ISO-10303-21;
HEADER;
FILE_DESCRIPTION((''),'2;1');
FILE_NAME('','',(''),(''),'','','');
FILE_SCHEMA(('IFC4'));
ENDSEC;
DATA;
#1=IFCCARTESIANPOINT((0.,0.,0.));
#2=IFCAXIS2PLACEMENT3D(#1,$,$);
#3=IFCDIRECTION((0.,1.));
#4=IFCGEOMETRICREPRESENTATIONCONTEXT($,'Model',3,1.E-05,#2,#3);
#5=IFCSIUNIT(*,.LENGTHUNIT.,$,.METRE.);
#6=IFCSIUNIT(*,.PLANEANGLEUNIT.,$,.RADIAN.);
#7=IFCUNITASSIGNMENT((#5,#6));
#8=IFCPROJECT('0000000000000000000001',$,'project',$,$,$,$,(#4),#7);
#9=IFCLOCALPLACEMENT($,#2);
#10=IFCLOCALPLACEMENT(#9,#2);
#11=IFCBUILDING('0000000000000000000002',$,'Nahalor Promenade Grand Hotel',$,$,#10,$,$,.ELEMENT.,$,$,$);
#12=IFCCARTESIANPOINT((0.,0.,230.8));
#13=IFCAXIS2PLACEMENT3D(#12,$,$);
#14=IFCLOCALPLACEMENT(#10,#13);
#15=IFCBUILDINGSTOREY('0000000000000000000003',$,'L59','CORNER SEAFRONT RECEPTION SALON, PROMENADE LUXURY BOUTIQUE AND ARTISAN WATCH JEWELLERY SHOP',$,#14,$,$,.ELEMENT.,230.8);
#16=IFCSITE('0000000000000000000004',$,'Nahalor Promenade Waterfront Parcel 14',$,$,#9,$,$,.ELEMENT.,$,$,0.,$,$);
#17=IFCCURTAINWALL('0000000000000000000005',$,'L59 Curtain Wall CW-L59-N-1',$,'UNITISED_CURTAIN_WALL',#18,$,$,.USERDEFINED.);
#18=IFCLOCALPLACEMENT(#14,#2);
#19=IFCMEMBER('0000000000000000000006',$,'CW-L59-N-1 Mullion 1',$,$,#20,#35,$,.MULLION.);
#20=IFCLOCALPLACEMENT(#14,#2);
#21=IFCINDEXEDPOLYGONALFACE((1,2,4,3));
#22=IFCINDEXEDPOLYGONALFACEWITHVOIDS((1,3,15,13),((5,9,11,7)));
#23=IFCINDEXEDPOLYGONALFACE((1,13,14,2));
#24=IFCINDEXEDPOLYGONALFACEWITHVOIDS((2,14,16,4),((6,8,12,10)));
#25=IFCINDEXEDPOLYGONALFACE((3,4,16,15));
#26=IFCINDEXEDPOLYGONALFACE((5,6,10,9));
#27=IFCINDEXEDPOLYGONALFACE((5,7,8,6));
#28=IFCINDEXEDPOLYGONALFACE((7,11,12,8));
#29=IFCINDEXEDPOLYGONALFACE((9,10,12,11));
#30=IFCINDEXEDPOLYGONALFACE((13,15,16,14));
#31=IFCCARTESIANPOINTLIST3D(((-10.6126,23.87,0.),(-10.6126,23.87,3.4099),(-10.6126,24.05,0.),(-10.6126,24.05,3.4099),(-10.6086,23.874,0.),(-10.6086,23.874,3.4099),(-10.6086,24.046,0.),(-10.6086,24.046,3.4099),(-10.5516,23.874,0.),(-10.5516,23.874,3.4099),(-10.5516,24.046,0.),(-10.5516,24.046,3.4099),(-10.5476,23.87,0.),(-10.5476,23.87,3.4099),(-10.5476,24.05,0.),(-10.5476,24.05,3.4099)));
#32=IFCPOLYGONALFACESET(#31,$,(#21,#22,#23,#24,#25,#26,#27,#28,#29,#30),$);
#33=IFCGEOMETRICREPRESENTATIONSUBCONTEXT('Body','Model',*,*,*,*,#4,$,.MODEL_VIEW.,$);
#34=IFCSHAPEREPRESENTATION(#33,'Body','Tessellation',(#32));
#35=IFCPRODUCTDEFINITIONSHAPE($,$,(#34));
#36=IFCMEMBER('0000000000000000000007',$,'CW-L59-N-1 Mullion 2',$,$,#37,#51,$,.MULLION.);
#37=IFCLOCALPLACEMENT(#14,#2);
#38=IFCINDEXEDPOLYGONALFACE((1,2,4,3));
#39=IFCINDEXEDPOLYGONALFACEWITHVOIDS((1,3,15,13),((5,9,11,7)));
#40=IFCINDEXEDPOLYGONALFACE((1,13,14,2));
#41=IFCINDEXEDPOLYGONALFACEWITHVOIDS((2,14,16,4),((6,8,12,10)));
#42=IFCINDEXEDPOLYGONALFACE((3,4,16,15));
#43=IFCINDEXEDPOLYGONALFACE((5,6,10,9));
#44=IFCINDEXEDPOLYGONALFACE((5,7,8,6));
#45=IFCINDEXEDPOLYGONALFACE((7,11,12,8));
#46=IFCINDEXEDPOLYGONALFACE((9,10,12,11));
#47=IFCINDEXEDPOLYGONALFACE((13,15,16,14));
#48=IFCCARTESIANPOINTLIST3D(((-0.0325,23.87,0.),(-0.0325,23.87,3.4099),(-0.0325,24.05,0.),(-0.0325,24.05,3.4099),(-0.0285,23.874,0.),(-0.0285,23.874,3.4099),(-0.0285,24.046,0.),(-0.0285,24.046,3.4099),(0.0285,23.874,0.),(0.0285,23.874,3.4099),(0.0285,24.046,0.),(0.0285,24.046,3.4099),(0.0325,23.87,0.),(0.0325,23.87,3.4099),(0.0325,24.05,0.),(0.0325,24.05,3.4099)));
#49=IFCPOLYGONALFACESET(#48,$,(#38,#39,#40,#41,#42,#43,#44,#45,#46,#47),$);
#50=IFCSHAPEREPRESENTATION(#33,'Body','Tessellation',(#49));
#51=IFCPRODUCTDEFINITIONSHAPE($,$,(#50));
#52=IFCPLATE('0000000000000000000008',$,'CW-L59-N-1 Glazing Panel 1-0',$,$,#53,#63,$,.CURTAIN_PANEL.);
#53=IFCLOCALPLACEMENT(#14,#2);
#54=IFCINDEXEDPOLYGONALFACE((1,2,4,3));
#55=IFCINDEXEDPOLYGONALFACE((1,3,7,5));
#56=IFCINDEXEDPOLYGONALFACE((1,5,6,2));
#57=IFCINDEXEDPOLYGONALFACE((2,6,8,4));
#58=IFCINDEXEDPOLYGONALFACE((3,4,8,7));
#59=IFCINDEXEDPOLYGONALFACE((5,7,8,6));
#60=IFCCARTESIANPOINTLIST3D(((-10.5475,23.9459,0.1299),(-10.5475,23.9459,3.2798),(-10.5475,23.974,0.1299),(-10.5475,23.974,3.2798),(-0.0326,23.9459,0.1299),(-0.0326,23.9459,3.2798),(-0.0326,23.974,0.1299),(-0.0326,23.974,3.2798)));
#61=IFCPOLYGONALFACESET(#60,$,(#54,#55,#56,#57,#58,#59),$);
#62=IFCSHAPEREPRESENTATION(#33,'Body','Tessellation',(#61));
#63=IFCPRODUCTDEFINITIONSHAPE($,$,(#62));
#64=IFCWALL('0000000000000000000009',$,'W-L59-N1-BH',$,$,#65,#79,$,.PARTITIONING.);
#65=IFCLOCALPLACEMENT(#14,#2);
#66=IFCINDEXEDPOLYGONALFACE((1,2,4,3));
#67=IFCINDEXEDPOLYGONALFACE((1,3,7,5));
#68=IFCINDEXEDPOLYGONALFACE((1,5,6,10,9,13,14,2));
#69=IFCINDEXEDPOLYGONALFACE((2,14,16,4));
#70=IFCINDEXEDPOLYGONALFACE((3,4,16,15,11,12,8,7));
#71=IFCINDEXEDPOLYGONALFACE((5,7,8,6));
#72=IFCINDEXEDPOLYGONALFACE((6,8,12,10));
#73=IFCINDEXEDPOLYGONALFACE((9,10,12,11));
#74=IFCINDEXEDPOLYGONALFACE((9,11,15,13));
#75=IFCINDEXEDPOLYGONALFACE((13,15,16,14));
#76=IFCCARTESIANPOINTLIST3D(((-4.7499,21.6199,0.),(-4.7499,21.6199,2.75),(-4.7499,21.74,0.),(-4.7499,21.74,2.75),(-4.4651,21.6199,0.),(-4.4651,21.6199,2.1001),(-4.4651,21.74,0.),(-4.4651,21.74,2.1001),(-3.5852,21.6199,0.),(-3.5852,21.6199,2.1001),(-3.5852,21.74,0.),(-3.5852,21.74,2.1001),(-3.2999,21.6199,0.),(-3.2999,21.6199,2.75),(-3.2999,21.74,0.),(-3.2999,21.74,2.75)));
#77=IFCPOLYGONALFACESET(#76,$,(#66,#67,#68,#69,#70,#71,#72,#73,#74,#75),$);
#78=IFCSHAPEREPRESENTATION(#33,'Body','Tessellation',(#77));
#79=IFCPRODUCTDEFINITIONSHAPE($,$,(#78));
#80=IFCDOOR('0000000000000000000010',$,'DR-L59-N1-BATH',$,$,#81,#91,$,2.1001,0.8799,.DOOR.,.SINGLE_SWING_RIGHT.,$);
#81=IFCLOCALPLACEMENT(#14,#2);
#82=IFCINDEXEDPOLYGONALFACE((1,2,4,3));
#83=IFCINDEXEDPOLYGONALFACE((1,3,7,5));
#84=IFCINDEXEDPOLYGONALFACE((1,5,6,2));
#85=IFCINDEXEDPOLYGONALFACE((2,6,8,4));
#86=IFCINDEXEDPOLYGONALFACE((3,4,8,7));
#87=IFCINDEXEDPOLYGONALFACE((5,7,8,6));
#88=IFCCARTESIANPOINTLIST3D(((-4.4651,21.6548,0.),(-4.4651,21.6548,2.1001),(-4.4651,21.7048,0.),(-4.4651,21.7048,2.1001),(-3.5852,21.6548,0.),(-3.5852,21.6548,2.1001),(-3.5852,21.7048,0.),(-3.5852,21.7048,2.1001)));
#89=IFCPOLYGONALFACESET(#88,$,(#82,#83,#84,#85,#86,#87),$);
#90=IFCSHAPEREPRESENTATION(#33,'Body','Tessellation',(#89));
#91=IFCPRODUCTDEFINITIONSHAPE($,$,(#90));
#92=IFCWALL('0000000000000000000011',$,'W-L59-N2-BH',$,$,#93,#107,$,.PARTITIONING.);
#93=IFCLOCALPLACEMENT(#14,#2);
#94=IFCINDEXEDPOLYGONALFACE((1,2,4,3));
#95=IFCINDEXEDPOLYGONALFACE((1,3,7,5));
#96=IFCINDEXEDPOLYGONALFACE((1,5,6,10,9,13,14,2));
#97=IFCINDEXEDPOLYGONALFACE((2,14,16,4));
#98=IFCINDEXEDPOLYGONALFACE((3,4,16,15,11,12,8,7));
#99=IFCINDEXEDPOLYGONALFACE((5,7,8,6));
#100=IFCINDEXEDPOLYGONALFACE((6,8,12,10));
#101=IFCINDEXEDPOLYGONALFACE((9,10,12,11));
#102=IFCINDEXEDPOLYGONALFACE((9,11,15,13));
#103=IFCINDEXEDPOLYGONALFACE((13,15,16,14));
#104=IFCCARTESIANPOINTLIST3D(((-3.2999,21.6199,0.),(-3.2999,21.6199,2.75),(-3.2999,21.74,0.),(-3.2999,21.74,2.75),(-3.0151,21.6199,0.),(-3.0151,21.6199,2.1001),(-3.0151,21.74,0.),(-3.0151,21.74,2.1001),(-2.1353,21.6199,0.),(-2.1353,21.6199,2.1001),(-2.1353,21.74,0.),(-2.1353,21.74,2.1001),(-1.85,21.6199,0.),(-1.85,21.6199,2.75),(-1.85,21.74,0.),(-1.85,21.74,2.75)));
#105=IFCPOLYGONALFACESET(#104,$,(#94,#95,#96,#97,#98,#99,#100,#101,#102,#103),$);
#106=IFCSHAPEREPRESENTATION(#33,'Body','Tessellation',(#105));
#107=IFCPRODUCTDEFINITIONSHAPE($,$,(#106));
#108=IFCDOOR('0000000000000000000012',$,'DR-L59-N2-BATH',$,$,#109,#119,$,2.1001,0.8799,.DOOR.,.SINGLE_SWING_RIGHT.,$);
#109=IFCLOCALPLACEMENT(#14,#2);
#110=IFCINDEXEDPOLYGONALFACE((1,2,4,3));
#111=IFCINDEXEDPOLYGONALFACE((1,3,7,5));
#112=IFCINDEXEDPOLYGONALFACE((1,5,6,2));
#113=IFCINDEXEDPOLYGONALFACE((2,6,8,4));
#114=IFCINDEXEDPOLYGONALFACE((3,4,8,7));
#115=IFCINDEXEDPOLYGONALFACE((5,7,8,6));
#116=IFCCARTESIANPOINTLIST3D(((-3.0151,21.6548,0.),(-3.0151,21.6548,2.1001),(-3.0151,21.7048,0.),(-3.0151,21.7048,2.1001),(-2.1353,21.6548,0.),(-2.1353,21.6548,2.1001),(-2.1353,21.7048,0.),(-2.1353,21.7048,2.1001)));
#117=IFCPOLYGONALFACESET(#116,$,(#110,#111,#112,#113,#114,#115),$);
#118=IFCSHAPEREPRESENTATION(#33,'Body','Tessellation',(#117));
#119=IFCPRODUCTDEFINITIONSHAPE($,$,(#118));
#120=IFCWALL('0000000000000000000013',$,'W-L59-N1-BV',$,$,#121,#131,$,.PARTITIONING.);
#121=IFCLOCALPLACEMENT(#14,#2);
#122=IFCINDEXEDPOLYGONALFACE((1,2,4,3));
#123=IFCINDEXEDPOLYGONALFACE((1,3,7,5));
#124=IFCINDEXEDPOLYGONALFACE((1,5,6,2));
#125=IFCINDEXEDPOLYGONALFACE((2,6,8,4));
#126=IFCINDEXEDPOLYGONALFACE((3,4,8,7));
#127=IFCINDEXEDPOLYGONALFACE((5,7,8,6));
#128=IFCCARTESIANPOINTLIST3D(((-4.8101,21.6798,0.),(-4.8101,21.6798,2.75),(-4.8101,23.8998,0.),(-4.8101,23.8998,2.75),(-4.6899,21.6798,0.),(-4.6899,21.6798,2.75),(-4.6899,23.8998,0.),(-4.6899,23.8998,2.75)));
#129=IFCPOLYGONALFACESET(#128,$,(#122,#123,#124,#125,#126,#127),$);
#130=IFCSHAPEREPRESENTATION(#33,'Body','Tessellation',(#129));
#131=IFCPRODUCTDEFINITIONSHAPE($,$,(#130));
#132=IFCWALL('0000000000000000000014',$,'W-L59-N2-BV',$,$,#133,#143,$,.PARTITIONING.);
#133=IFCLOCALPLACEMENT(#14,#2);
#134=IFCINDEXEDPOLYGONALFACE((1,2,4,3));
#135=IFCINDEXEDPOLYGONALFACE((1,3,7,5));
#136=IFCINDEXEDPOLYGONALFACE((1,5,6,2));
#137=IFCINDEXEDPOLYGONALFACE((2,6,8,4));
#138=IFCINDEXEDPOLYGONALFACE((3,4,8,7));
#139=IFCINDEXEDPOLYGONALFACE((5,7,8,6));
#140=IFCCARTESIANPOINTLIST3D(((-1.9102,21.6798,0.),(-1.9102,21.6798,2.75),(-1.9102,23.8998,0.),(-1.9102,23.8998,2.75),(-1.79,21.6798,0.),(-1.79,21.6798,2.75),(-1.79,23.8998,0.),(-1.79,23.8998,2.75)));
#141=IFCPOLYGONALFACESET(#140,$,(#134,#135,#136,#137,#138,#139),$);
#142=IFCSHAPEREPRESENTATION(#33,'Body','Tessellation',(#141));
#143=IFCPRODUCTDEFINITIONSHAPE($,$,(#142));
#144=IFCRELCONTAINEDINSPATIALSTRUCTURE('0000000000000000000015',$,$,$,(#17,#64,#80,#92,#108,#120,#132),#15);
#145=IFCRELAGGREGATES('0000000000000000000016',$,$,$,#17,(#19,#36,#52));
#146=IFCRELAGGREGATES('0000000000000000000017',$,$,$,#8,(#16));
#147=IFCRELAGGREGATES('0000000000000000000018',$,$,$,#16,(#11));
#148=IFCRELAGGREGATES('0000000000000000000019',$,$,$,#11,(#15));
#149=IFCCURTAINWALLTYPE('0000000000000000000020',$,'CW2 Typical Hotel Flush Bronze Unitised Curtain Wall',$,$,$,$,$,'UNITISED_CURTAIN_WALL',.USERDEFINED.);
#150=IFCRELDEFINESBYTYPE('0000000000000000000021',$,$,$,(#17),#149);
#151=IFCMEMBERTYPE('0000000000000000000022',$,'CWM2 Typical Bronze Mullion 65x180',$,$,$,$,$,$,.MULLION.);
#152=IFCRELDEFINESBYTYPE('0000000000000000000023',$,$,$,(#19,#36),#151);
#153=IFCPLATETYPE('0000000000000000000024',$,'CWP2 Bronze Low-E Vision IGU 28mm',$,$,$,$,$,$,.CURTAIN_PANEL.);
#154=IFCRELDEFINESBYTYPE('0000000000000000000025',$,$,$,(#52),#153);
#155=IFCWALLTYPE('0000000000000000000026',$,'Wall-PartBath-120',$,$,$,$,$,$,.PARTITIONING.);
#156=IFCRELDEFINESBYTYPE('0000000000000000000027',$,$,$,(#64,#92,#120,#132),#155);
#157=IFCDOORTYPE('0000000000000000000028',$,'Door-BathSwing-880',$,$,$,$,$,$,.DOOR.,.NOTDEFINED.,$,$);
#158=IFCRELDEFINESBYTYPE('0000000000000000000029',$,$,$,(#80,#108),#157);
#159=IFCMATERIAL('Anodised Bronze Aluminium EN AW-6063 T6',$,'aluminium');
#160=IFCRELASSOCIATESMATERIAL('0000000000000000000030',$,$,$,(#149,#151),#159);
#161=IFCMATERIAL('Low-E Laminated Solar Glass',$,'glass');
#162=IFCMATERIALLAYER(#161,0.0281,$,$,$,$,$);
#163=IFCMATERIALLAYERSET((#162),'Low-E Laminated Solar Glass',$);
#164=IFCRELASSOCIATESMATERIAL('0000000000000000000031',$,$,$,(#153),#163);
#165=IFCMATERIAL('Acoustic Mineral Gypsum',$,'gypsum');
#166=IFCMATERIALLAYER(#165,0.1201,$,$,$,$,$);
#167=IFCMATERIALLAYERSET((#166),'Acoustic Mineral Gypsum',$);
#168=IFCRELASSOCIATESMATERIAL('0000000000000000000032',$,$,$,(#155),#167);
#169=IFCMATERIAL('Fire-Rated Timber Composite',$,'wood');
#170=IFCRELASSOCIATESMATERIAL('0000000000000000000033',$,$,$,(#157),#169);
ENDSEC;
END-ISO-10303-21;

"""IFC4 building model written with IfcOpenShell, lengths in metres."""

from ifc_helpers import new_model, si_unit, direction, frame, frame_2d, origin, origin_2d, place, context, subcontext, project, spatial, rectangle, hollow_rectangle, extrude, source, transform, mapped, material, layer, layer_set, material_profile, profile_set, type_object, element, fill, aggregate, save


model = new_model("IFC4")

# Units and contexts
model_context = context("Model", 3, precision=1e-05, world=origin(), true_north=direction((0.0, 1.0)))
body_context = subcontext(model_context, "Body", "Model", "MODEL_VIEW")
ifc_project = project(units=[si_unit("LENGTHUNIT", "METRE"), si_unit("PLANEANGLEUNIT", "RADIAN")], contexts=[model_context])

# Site, building, storey
site_placement = place(None, origin())
site = spatial("IfcSite", under=ifc_project, at=site_placement, Name="Nahalor Promenade Waterfront Parcel 14", CompositionType="ELEMENT", RefElevation=0.0)
building_placement = place(site_placement, origin())
building = spatial("IfcBuilding", under=site, at=building_placement, Name="Nahalor Promenade Grand Hotel", CompositionType="ELEMENT")
storey_placement = place(building_placement, frame((0.0, 0.0, 230.8)))
storey = spatial("IfcBuildingStorey", under=building, at=storey_placement, Name="L59", Description="CORNER SEAFRONT RECEPTION SALON, PROMENADE LUXURY BOUTIQUE AND ARTISAN WATCH JEWELLERY SHOP", CompositionType="ELEMENT", Elevation=230.8)

# Curtain wall, members, plate
ifc_material_1 = material(Name="Anodised Bronze Aluminium EN AW-6063 T6", Category="aluminium")
curtain_wall_type = type_object("IfcCurtainWallType", Name="CW2 Typical Hotel Flush Bronze Unitised Curtain Wall", ElementType="UNITISED_CURTAIN_WALL", PredefinedType="USERDEFINED", material=ifc_material_1)
curtain_wall_placement = place(storey_placement, origin())
curtain_wall = element("IfcCurtainWall", 1, at=curtain_wall_placement, inside=storey, type_object=curtain_wall_type, Name="L59 Curtain Wall CW-L59-N-1", ObjectType="UNITISED_CURTAIN_WALL", PredefinedType="USERDEFINED")
ifc_material_profile_1 = material_profile(ifc_material_1, hollow_rectangle(XDim=0.065, YDim=0.18, WallThickness=0.004, at=origin_2d()), Name="CWM 65x180x4")
ifc_profile_set_1 = profile_set([ifc_material_profile_1], Name="Anodised Bronze Aluminium EN AW-6063 T6")
member_type_1 = type_object("IfcMemberType", Name="CWM2 Typical Bronze Mullion 65x180", PredefinedType="MULLION", material=ifc_profile_set_1)
shared_shape_1 = source(origin(), body_context, "Body", "SweptSolid", [
    extrude(hollow_rectangle(XDim=0.065, YDim=0.18, WallThickness=0.004, at=origin_2d()), origin(), (0.0, 0.0, 1.0), 3.4099),
])
member_1_placement = place(storey_placement, frame((-10.5801, 23.96, 0.0), z_axis=(0.0, 0.0, 1.0), x_axis=(1.0, 0.0, 0.0)))
member_1 = element("IfcMember", 2, at=member_1_placement, type_object=member_type_1, Name="CW-L59-N-1 Mullion 1", PredefinedType="MULLION", context=body_context, shape_type="MappedRepresentation", body=[
    mapped(shared_shape_1, transform((0.0, 0.0, 0.0), scale=1.0)),
])
member_2_placement = place(storey_placement, frame((0.0, 23.96, 0.0), z_axis=(0.0, 0.0, 1.0), x_axis=(1.0, 0.0, 0.0)))
member_2 = element("IfcMember", 3, at=member_2_placement, type_object=member_type_1, Name="CW-L59-N-1 Mullion 2", PredefinedType="MULLION", context=body_context, shape_type="MappedRepresentation", body=[
    mapped(shared_shape_1, transform((0.0, 0.0, 0.0), scale=1.0)),
])
ifc_material_2 = material(Name="Low-E Laminated Solar Glass", Category="glass")
ifc_layer_1 = layer(ifc_material_2, 0.0281)
ifc_layer_set_1 = layer_set([ifc_layer_1], Name="Low-E Laminated Solar Glass")
plate_type = type_object("IfcPlateType", Name="CWP2 Bronze Low-E Vision IGU 28mm", PredefinedType="CURTAIN_PANEL", material=ifc_layer_set_1)
shared_shape_2 = source(origin(), body_context, "Body", "SweptSolid", [
    extrude(rectangle(XDim=10.5149, YDim=0.0281, at=origin_2d()), origin(), (0.0, 0.0, 1.0), 3.1499),
])
plate_placement = place(storey_placement, frame((-5.29, 23.96, 0.1299), z_axis=(0.0, 0.0, 1.0), x_axis=(1.0, 0.0, 0.0)))
plate = element("IfcPlate", 4, at=plate_placement, type_object=plate_type, Name="CW-L59-N-1 Glazing Panel 1-0", PredefinedType="CURTAIN_PANEL", context=body_context, shape_type="MappedRepresentation", body=[
    mapped(shared_shape_2, transform((0.0, 0.0, 0.0), scale=1.0)),
])
aggregate(curtain_wall, [member_1, member_2, plate])

# Walls, openings, doors
ifc_material_3 = material(Name="Acoustic Mineral Gypsum", Category="gypsum")
ifc_layer_2 = layer(ifc_material_3, 0.1201)
ifc_layer_set_2 = layer_set([ifc_layer_2], Name="Acoustic Mineral Gypsum")
wall_type = type_object("IfcWallType", Name="Wall-PartBath-120", PredefinedType="PARTITIONING", material=ifc_layer_set_2)
shared_shape_3 = source(origin(), body_context, "Body", "SweptSolid", [
    extrude(rectangle(XDim=1.45, YDim=0.1201, at=frame_2d((0.7251, 0.0))), origin(), (0.0, 0.0, 1.0), 2.75),
])
wall_1_placement = place(storey_placement, frame((-4.75, 21.6799, 0.0), z_axis=(0.0, 0.0, 1.0), x_axis=(1.0, 0.0, 0.0)))
wall_1 = element("IfcWall", 5, at=wall_1_placement, inside=storey, type_object=wall_type, Name="W-L59-N1-BH", PredefinedType="PARTITIONING", context=body_context, shape_type="MappedRepresentation", body=[
    mapped(shared_shape_3, transform((0.0, 0.0, 0.0), scale=1.0)),
])
opening_1_placement = place(wall_1_placement, frame((0.2849, 0.0, 0.0)))
opening_1 = element("IfcOpeningElement", 6, at=opening_1_placement, cuts=wall_1, PredefinedType="OPENING", context=body_context, shape_type="SweptSolid", body=[
    extrude(rectangle(XDim=0.8799, YDim=2.1001, at=frame_2d((0.4399, 1.05))), frame((0.0, 0.0701, 0.0), z_axis=(0.0, -1.0, 0.0), x_axis=(1.0, 0.0, 0.0)), (0.0, 0.0, 1.0), 0.1401),
])
ifc_material_4 = material(Name="Fire-Rated Timber Composite", Category="wood")
door_type = type_object("IfcDoorType", Name="Door-BathSwing-880", OperationType="NOTDEFINED", PredefinedType="DOOR", material=ifc_material_4)
shared_shape_4 = source(origin(), body_context, "Body", "SweptSolid", [
    extrude(rectangle(XDim=0.8799, YDim=2.1001, at=frame_2d((0.4399, 1.05))), frame((0.0, 0.0249, 0.0), z_axis=(0.0, -1.0, 0.0), x_axis=(1.0, 0.0, 0.0)), (0.0, 0.0, 1.0), 0.05),
])
door_1_placement = place(opening_1_placement, origin())
door_1 = element("IfcDoor", 7, at=door_1_placement, inside=storey, type_object=door_type, Name="DR-L59-N1-BATH", OperationType="SINGLE_SWING_RIGHT", OverallHeight=2.1001, OverallWidth=0.8799, PredefinedType="DOOR", context=body_context, shape_type="MappedRepresentation", body=[
    mapped(shared_shape_4, transform((0.0, 0.0, 0.0), scale=1.0)),
])
fill(opening_1, door_1)
wall_2_placement = place(storey_placement, frame((-3.3, 21.6799, 0.0), z_axis=(0.0, 0.0, 1.0), x_axis=(1.0, 0.0, 0.0)))
wall_2 = element("IfcWall", 8, at=wall_2_placement, inside=storey, type_object=wall_type, Name="W-L59-N2-BH", PredefinedType="PARTITIONING", context=body_context, shape_type="MappedRepresentation", body=[
    mapped(shared_shape_3, transform((0.0, 0.0, 0.0), scale=1.0)),
])
opening_2_placement = place(wall_2_placement, frame((0.2849, 0.0, 0.0)))
opening_2 = element("IfcOpeningElement", 9, at=opening_2_placement, cuts=wall_2, PredefinedType="OPENING", context=body_context, shape_type="SweptSolid", body=[
    extrude(rectangle(XDim=0.8799, YDim=2.1001, at=frame_2d((0.4399, 1.05))), frame((0.0, 0.0701, 0.0), z_axis=(0.0, -1.0, 0.0), x_axis=(1.0, 0.0, 0.0)), (0.0, 0.0, 1.0), 0.1401),
])
door_2_placement = place(opening_2_placement, origin())
door_2 = element("IfcDoor", 10, at=door_2_placement, inside=storey, type_object=door_type, Name="DR-L59-N2-BATH", OperationType="SINGLE_SWING_RIGHT", OverallHeight=2.1001, OverallWidth=0.8799, PredefinedType="DOOR", context=body_context, shape_type="MappedRepresentation", body=[
    mapped(shared_shape_4, transform((0.0, 0.0, 0.0), scale=1.0)),
])
fill(opening_2, door_2)

# Walls
shared_shape_5 = source(origin(), body_context, "Body", "SweptSolid", [
    extrude(rectangle(XDim=2.22, YDim=0.1201, at=frame_2d((1.1099, 0.0))), origin(), (0.0, 0.0, 1.0), 2.75),
])
for number, where, z_axis, x_axis, name in (
    (11, (-4.75, 21.6799, 0.0), (0.0, 0.0, 1.0), (0.0, 1.0, 0.0), "W-L59-N1-BV"),
    (12, (-1.8501, 21.6799, 0.0), (0.0, 0.0, 1.0), (0.0, 1.0, 0.0), "W-L59-N2-BV"),
):
    element("IfcWall", number, at=place(storey_placement, frame(where, z_axis=z_axis, x_axis=x_axis)), inside=storey, type_object=wall_type, Name=name, PredefinedType="PARTITIONING", context=body_context, shape_type="MappedRepresentation", body=[
        mapped(shared_shape_5, transform((0.0, 0.0, 0.0), scale=1.0)),
    ])

save(model, "model.ifc")
